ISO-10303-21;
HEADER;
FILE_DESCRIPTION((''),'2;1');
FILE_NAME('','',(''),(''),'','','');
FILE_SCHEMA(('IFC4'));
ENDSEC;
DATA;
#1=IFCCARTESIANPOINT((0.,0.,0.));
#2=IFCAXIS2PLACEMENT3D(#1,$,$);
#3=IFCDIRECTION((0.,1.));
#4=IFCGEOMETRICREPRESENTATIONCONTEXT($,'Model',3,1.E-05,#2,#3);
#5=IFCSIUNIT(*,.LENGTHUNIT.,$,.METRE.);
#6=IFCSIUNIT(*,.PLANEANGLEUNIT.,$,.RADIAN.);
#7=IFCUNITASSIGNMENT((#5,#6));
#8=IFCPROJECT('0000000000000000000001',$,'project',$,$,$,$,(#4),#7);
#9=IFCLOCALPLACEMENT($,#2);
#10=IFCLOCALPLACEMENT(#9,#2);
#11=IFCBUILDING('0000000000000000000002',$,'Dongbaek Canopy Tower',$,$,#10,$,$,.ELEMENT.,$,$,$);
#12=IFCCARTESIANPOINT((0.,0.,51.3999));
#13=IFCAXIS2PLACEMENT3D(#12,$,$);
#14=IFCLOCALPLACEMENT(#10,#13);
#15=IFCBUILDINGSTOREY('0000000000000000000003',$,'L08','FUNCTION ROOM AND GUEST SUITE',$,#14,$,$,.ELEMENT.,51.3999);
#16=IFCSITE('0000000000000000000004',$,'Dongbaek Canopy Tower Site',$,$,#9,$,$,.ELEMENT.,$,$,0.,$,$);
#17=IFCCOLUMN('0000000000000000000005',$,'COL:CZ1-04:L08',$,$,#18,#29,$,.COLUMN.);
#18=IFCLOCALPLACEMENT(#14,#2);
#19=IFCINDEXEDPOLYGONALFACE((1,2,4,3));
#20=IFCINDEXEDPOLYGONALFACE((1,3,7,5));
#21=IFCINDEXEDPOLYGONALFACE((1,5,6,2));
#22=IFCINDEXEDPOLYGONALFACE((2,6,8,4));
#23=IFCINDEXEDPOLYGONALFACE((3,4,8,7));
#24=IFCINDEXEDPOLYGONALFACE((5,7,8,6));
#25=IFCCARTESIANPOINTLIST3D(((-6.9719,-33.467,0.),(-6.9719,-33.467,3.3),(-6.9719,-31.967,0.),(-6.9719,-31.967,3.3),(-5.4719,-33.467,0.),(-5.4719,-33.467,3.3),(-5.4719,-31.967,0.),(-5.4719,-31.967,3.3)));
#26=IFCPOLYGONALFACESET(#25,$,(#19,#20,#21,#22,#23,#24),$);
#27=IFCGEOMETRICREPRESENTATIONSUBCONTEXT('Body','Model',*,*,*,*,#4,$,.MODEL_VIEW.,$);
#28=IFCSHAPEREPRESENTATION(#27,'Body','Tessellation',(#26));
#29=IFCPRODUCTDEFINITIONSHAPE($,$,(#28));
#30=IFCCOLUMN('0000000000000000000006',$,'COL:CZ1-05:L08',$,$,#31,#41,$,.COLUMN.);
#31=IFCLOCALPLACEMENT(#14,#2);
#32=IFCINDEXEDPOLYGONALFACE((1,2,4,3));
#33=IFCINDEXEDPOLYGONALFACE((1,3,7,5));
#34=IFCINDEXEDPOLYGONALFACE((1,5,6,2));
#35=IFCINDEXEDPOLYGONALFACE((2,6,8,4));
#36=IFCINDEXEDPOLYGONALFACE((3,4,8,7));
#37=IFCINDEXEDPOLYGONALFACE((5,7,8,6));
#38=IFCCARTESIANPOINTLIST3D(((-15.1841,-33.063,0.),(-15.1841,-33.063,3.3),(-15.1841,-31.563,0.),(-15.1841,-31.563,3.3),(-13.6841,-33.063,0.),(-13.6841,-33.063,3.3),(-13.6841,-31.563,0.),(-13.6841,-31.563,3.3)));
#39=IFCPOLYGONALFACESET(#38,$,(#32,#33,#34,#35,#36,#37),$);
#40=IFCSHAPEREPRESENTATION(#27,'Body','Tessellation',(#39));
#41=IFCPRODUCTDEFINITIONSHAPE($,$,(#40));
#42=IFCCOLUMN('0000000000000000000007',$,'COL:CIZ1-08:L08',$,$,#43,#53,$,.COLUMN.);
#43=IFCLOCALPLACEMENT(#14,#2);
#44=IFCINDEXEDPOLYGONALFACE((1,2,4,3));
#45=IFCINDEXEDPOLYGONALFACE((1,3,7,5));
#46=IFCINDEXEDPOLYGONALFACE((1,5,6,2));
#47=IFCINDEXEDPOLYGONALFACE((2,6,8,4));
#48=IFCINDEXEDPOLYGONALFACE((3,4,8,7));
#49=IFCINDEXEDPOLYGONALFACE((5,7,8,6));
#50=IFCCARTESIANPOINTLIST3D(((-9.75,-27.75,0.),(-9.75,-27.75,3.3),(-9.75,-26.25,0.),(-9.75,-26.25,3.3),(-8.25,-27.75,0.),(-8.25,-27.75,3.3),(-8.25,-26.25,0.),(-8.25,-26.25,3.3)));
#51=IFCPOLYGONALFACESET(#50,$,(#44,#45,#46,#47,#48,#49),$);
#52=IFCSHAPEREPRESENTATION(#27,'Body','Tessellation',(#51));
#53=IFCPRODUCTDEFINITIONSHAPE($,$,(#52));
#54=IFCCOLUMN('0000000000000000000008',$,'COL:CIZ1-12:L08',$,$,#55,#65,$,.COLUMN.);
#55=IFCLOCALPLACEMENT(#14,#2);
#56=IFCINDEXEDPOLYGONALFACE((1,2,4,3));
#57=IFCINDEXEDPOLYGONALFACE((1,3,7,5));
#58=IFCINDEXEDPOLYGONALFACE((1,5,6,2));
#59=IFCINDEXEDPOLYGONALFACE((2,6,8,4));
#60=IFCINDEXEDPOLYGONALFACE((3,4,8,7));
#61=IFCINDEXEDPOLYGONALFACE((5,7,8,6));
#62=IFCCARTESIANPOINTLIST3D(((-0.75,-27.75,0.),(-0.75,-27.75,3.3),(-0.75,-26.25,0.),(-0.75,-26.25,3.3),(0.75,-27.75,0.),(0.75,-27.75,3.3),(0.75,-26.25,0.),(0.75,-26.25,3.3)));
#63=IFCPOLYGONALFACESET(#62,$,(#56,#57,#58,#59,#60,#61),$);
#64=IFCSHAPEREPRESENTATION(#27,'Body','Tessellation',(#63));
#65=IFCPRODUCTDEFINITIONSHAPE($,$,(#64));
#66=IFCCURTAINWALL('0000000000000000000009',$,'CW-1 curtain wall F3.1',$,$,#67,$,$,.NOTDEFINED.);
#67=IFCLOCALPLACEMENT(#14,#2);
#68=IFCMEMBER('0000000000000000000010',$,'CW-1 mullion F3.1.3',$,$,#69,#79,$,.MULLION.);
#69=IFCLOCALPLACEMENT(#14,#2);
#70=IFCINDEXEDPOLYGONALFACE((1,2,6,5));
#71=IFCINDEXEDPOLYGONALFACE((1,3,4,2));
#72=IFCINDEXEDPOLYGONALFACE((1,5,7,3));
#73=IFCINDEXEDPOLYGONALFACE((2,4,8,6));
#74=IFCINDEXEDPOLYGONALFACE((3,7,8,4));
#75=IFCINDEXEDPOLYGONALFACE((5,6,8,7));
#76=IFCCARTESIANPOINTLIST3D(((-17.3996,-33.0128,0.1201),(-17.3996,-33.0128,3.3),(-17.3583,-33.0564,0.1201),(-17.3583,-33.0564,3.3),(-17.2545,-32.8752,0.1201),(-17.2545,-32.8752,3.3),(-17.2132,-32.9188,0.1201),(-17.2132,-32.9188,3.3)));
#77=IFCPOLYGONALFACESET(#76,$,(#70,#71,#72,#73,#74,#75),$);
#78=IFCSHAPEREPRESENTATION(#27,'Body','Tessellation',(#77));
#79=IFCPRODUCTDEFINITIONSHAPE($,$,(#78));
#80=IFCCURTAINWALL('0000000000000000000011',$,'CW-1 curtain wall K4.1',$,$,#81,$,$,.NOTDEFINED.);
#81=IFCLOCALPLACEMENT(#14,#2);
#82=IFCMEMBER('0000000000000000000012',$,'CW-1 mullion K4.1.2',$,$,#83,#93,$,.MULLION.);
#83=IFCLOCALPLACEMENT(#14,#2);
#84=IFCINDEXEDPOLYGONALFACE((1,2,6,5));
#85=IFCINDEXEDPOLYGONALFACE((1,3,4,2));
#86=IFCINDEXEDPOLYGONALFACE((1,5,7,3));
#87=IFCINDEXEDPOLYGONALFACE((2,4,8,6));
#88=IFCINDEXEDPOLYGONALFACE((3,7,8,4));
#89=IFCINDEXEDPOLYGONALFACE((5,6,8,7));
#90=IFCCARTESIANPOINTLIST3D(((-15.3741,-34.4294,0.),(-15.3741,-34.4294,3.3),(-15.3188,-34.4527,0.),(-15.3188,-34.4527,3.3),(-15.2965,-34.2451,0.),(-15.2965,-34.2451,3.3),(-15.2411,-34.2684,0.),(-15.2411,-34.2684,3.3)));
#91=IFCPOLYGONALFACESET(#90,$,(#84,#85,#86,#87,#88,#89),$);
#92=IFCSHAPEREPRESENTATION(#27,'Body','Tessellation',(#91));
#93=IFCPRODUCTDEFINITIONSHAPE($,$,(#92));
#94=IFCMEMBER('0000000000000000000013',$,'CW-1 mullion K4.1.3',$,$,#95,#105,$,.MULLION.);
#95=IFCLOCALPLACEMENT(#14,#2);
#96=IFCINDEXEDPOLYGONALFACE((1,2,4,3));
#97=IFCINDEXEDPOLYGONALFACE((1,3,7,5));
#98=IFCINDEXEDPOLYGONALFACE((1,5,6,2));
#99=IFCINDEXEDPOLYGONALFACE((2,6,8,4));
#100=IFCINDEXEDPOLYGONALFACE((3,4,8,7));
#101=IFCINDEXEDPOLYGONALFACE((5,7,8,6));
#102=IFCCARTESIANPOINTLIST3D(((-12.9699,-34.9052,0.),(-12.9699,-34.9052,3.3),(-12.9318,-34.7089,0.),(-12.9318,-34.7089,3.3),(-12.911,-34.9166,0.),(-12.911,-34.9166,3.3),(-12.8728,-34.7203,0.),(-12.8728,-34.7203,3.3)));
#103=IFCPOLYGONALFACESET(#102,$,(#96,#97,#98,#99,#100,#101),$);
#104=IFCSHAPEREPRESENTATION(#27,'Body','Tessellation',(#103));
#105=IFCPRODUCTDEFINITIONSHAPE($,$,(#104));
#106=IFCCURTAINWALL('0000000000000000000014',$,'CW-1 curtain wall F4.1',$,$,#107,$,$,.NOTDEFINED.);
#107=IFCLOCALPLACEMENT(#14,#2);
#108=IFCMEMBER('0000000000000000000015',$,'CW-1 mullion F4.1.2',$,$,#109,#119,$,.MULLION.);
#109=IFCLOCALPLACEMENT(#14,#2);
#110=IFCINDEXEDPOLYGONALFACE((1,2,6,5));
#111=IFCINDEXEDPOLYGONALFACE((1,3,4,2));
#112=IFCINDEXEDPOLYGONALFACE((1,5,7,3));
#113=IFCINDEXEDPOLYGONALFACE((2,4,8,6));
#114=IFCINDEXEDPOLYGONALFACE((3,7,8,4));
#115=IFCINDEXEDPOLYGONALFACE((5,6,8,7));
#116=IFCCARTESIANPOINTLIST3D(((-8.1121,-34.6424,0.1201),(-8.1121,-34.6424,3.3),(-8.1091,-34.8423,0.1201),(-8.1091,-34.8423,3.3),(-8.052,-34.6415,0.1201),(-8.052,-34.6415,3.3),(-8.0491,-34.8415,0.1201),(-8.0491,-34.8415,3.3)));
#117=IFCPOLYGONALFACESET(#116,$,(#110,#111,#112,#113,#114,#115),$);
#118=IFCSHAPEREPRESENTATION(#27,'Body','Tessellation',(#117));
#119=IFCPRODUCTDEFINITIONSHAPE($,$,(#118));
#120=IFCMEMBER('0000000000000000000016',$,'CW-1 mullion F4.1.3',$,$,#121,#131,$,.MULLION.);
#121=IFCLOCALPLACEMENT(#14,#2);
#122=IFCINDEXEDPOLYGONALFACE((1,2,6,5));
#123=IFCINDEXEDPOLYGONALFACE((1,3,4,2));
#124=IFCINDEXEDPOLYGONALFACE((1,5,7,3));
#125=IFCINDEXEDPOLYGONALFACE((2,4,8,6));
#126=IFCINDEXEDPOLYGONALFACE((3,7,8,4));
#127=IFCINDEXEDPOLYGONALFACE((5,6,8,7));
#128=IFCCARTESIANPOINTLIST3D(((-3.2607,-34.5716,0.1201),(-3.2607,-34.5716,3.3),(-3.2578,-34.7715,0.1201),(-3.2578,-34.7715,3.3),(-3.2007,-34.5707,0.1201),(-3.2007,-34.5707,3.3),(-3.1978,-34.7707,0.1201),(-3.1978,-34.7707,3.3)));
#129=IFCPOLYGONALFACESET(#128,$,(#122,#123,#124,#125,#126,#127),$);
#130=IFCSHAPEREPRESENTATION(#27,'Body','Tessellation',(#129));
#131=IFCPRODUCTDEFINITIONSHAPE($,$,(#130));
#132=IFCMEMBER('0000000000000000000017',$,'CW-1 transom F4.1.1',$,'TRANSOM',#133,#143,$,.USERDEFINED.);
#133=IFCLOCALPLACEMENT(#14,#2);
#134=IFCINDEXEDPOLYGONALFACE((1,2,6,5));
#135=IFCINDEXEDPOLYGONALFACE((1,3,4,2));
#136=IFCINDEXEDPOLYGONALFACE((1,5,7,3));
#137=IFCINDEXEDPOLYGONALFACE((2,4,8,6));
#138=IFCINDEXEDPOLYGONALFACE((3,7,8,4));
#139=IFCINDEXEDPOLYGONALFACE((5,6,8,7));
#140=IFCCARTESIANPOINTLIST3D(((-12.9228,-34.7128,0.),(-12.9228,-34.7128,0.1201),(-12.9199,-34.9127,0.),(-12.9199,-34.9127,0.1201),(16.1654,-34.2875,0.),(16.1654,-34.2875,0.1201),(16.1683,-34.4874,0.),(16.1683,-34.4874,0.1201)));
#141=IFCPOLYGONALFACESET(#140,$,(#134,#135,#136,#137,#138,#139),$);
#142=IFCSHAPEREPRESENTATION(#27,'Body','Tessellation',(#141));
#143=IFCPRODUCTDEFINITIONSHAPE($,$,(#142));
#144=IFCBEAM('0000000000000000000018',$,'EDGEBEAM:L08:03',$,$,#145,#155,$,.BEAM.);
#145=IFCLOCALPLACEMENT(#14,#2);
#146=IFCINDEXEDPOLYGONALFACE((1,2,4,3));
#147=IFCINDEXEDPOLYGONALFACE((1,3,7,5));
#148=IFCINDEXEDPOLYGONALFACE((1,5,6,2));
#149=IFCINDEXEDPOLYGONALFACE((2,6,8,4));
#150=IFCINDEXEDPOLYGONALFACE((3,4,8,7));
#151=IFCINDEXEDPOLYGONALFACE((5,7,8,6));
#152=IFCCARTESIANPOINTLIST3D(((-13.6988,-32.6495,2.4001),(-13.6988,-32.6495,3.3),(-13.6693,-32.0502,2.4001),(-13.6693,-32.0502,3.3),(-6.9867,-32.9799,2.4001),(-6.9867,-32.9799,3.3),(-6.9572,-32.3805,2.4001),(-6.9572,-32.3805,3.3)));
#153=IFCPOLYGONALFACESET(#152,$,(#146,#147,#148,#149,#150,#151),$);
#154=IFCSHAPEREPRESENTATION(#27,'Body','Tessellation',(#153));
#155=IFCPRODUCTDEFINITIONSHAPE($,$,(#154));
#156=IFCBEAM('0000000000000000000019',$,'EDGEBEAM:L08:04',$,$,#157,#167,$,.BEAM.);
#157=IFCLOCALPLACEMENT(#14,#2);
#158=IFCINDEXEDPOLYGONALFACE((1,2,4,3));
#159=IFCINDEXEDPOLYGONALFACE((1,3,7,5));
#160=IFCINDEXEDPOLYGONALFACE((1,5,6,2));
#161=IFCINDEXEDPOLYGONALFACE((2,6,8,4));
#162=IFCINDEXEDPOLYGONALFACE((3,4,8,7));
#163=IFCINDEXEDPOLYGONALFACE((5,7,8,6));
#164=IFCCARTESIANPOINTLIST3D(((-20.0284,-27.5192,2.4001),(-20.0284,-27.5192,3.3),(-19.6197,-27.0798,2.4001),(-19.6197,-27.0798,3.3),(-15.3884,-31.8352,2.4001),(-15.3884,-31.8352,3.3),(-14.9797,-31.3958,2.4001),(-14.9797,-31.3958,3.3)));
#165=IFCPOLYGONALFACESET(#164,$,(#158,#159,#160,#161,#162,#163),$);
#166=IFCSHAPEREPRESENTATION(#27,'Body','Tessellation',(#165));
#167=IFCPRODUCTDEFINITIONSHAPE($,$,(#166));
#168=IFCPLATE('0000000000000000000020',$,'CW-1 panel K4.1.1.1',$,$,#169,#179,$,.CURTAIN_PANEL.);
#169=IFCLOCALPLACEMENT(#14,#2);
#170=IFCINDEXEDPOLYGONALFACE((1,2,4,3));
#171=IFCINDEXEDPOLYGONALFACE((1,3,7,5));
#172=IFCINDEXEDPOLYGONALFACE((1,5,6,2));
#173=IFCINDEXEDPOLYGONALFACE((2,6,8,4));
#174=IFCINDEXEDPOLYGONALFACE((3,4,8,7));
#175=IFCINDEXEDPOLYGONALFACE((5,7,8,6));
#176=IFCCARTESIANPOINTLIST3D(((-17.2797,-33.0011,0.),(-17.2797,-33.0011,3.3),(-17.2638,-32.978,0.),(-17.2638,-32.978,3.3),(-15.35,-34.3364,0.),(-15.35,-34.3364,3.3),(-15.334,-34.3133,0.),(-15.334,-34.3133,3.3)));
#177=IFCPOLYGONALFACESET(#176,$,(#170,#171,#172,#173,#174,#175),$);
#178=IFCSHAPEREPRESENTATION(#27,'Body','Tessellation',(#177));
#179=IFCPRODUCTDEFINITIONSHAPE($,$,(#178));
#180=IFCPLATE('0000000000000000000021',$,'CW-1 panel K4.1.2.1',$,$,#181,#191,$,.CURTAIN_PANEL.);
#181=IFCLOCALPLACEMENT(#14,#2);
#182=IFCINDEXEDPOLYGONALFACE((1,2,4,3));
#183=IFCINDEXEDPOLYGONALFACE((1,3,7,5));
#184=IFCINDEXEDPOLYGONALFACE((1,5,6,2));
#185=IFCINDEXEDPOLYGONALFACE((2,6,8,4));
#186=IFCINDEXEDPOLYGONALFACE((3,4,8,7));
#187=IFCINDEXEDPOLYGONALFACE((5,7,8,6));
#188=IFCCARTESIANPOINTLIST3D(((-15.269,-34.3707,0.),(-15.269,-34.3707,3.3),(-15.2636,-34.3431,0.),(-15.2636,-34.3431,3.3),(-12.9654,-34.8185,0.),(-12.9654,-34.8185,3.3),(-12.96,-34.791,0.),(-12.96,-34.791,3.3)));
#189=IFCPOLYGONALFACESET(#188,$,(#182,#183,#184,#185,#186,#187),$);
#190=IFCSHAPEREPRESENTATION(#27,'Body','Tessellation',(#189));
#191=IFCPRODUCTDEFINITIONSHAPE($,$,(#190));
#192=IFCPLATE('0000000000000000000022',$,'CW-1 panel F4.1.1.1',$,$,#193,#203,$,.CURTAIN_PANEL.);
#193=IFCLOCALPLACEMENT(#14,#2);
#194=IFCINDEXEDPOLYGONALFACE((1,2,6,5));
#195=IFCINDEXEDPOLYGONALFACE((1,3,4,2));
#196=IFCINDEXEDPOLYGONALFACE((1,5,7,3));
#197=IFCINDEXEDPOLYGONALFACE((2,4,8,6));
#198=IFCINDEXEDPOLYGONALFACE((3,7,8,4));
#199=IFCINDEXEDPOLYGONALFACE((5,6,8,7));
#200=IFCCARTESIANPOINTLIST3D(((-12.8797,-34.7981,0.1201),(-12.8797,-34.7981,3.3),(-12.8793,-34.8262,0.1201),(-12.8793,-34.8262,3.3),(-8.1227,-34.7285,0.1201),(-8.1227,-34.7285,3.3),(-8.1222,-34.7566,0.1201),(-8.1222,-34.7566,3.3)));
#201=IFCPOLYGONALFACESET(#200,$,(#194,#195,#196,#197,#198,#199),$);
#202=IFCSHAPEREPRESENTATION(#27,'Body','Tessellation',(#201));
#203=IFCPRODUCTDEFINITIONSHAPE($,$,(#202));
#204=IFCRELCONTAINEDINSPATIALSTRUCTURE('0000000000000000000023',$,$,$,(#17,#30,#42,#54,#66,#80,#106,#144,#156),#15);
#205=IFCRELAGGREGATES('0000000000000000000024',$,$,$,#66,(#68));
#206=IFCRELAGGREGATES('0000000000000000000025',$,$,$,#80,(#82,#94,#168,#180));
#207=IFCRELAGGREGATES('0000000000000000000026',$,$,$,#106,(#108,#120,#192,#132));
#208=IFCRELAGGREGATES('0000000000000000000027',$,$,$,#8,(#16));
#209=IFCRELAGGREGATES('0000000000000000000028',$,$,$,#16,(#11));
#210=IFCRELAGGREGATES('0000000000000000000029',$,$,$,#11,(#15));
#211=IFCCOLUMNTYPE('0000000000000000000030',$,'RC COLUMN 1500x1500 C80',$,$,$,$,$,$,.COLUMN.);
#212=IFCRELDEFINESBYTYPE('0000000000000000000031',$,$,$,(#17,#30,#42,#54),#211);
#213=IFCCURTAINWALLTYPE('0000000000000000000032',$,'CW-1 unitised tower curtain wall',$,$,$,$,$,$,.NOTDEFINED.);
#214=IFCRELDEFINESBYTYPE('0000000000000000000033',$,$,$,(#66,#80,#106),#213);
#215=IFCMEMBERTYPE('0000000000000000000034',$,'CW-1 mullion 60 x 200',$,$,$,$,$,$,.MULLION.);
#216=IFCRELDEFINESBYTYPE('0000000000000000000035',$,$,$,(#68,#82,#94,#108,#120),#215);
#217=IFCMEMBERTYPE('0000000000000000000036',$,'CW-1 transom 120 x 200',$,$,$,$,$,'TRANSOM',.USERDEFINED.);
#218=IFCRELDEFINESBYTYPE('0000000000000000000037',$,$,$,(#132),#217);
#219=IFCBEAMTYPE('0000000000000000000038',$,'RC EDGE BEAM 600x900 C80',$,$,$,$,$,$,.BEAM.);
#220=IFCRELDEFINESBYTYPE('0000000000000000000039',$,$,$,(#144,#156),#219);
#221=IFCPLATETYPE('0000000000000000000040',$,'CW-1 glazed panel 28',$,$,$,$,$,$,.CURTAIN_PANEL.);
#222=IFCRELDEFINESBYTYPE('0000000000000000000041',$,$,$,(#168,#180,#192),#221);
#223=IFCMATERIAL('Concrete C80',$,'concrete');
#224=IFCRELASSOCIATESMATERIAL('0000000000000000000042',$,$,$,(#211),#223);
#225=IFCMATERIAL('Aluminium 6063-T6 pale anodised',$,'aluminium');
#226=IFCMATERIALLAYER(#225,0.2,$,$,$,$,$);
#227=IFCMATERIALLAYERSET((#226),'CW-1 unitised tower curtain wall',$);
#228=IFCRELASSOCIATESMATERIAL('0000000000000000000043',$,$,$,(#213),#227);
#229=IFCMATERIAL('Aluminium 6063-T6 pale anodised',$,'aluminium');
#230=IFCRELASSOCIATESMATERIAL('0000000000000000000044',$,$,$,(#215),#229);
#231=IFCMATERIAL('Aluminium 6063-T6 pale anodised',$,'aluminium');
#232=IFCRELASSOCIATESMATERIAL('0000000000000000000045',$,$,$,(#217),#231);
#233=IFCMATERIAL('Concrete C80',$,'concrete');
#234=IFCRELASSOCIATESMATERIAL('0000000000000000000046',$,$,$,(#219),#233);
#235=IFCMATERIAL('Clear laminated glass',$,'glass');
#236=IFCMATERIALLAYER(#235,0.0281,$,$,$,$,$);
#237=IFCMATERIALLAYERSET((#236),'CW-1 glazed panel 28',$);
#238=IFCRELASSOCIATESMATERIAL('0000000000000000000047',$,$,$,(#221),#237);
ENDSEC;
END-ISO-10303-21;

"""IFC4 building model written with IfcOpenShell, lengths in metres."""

from ifc_helpers import new_model, si_unit, direction, frame, origin, origin_2d, place, context, subcontext, project, spatial, rectangle, extrude, material, layer, layer_set, material_profile, profile_set, type_object, element, aggregate, save


model = new_model("IFC4")

# Units and contexts
model_context = context("Model", 3, precision=1e-05, world=origin(), true_north=direction((0.0, 1.0)))
body_context = subcontext(model_context, "Body", "Model", "MODEL_VIEW")
ifc_project = project(units=[si_unit("LENGTHUNIT", "METRE"), si_unit("PLANEANGLEUNIT", "RADIAN")], contexts=[model_context])

# Site, building, storey
site_placement = place(None, origin())
site = spatial("IfcSite", under=ifc_project, at=site_placement, Name="Dongbaek Canopy Tower Site", CompositionType="ELEMENT", RefElevation=0.0)
building_placement = place(site_placement, origin())
building = spatial("IfcBuilding", under=site, at=building_placement, Name="Dongbaek Canopy Tower", CompositionType="ELEMENT")
storey_placement = place(building_placement, frame((0.0, 0.0, 51.3999)))
storey = spatial("IfcBuildingStorey", under=building, at=storey_placement, Name="L08", Description="FUNCTION ROOM AND GUEST SUITE", CompositionType="ELEMENT", Elevation=51.3999)

# Columns
ifc_material_1 = material(Name="Concrete C80", Category="concrete")
ifc_material_profile_1 = material_profile(ifc_material_1, rectangle(XDim=1.5, YDim=1.5, at=origin_2d()), Name="RC COLUMN 1500x1500 C80")
ifc_profile_set_1 = profile_set([ifc_material_profile_1], Name="Concrete C80")
column_type = type_object("IfcColumnType", Name="RC COLUMN 1500x1500 C80", PredefinedType="COLUMN", material=ifc_profile_set_1)
for number, where, z_axis, x_axis, name in (
    (1, (-6.2219, -32.717, 0.0), (0.0, 0.0, 1.0), (1.0, 0.0, 0.0), "COL:CZ1-04:L08"),
    (2, (-14.4341, -32.313, 0.0), (0.0, 0.0, 1.0), (1.0, 0.0, 0.0), "COL:CZ1-05:L08"),
    (3, (-9.0, -27.0, 0.0), (0.0, 0.0, 1.0), (1.0, 0.0, 0.0), "COL:CIZ1-08:L08"),
    (4, (0.0, -27.0, 0.0), (0.0, 0.0, 1.0), (1.0, 0.0, 0.0), "COL:CIZ1-12:L08"),
):
    element("IfcColumn", number, at=place(storey_placement, frame(where, z_axis=z_axis, x_axis=x_axis)), inside=storey, type_object=column_type, Name=name, PredefinedType="COLUMN", context=body_context, shape_type="SweptSolid", body=[
        extrude(rectangle(XDim=1.5, YDim=1.5, at=origin_2d()), origin(), (0.0, 0.0, 1.0), 3.3),
    ])

# Curtain wall, member
ifc_material_2 = material(Name="Aluminium 6063-T6 pale anodised", Category="aluminium")
ifc_layer_1 = layer(ifc_material_2, 0.2)
ifc_layer_set_1 = layer_set([ifc_layer_1], Name="CW-1 unitised tower curtain wall")
curtain_wall_type = type_object("IfcCurtainWallType", Name="CW-1 unitised tower curtain wall", PredefinedType="NOTDEFINED", material=ifc_layer_set_1)
curtain_wall_1_placement = place(storey_placement, origin())
curtain_wall_1 = element("IfcCurtainWall", 5, at=curtain_wall_1_placement, inside=storey, type_object=curtain_wall_type, Name="CW-1 curtain wall F3.1", PredefinedType="NOTDEFINED")
ifc_material_3 = material(Name="Aluminium 6063-T6 pale anodised", Category="aluminium")
ifc_material_profile_2 = material_profile(ifc_material_3, rectangle(XDim=0.2, YDim=0.0601, at=origin_2d()), Name="CW-1 mullion 60 x 200")
ifc_profile_set_2 = profile_set([ifc_material_profile_2], Name="Aluminium 6063-T6 pale anodised")
member_type_1 = type_object("IfcMemberType", Name="CW-1 mullion 60 x 200", PredefinedType="MULLION", material=ifc_profile_set_2)
member_1_placement = place(storey_placement, frame((-17.3064, -32.9658, 0.1201), z_axis=(0.0, 0.0, 1.0), x_axis=(-0.725627, -0.688089, 0.0)))
member_1 = element("IfcMember", 6, at=member_1_placement, type_object=member_type_1, Name="CW-1 mullion F3.1.3", PredefinedType="MULLION", context=body_context, shape_type="SweptSolid", body=[
    extrude(rectangle(XDim=0.2, YDim=0.0601, at=origin_2d()), origin(), (0.0, 0.0, 1.0), 3.1799),
])

# Curtain walls, members
curtain_wall_2_placement = place(storey_placement, origin())
curtain_wall_2 = element("IfcCurtainWall", 7, at=curtain_wall_2_placement, inside=storey, type_object=curtain_wall_type, Name="CW-1 curtain wall K4.1", PredefinedType="NOTDEFINED")
member_2_placement = place(storey_placement, frame((-15.3076, -34.3489, 0.0), z_axis=(0.0, 0.0, 1.0), x_axis=(-0.388186, -0.921581, 0.0)))
member_2 = element("IfcMember", 8, at=member_2_placement, type_object=member_type_1, Name="CW-1 mullion K4.1.2", PredefinedType="MULLION", context=body_context, shape_type="SweptSolid", body=[
    extrude(rectangle(XDim=0.2, YDim=0.0601, at=origin_2d()), origin(), (0.0, 0.0, 1.0), 3.3),
])
member_3_placement = place(storey_placement, frame((-12.9214, -34.8127, 0.0), z_axis=(0.0, 0.0, 1.0), x_axis=(-0.190844, -0.98162, 0.0)))
member_3 = element("IfcMember", 9, at=member_3_placement, type_object=member_type_1, Name="CW-1 mullion K4.1.3", PredefinedType="MULLION", context=body_context, shape_type="SweptSolid", body=[
    extrude(rectangle(XDim=0.2, YDim=0.0601, at=origin_2d()), origin(), (0.0, 0.0, 1.0), 3.3),
])
curtain_wall_3_placement = place(storey_placement, origin())
curtain_wall_3 = element("IfcCurtainWall", 10, at=curtain_wall_3_placement, inside=storey, type_object=curtain_wall_type, Name="CW-1 curtain wall F4.1", PredefinedType="NOTDEFINED")
member_4_placement = place(storey_placement, frame((-8.0806, -34.7419, 0.1201), z_axis=(0.0, 0.0, 1.0), x_axis=(0.014619, -0.999893, 0.0)))
member_4 = element("IfcMember", 11, at=member_4_placement, type_object=member_type_1, Name="CW-1 mullion F4.1.2", PredefinedType="MULLION", context=body_context, shape_type="SweptSolid", body=[
    extrude(rectangle(XDim=0.2, YDim=0.0601, at=origin_2d()), origin(), (0.0, 0.0, 1.0), 3.1799),
])
member_5_placement = place(storey_placement, frame((-3.2292, -34.6711, 0.1201), z_axis=(0.0, 0.0, 1.0), x_axis=(0.014619, -0.999893, 0.0)))
member_5 = element("IfcMember", 12, at=member_5_placement, type_object=member_type_1, Name="CW-1 mullion F4.1.3", PredefinedType="MULLION", context=body_context, shape_type="SweptSolid", body=[
    extrude(rectangle(XDim=0.2, YDim=0.0601, at=origin_2d()), origin(), (0.0, 0.0, 1.0), 3.1799),
])
ifc_material_4 = material(Name="Aluminium 6063-T6 pale anodised", Category="aluminium")
ifc_material_profile_3 = material_profile(ifc_material_4, rectangle(XDim=0.2, YDim=0.1201, at=origin_2d()), Name="CW-1 transom 120 x 200")
ifc_profile_set_3 = profile_set([ifc_material_profile_3], Name="Aluminium 6063-T6 pale anodised")
member_type_2 = type_object("IfcMemberType", Name="CW-1 transom 120 x 200", ElementType="TRANSOM", PredefinedType="USERDEFINED", material=ifc_profile_set_3)
member_6_placement = place(storey_placement, frame((-12.9214, -34.8127, 0.0601), z_axis=(0.999893, 0.014619, 0.0), x_axis=(-0.014619, 0.999893, 0.0)))
member_6 = element("IfcMember", 13, at=member_6_placement, type_object=member_type_2, Name="CW-1 transom F4.1.1", ObjectType="TRANSOM", PredefinedType="USERDEFINED", context=body_context, shape_type="SweptSolid", body=[
    extrude(rectangle(XDim=0.2, YDim=0.1201, at=origin_2d()), origin(), (0.0, 0.0, 1.0), 29.0913),
])

# Beams
ifc_material_5 = material(Name="Concrete C80", Category="concrete")
ifc_material_profile_4 = material_profile(ifc_material_5, rectangle(XDim=0.6001, YDim=0.8999, at=origin_2d()), Name="RC EDGE BEAM 600x900 C80")
ifc_profile_set_4 = profile_set([ifc_material_profile_4], Name="Concrete C80")
beam_type = type_object("IfcBeamType", Name="RC EDGE BEAM 600x900 C80", PredefinedType="BEAM", material=ifc_profile_set_4)
beam_1_placement = place(storey_placement, frame((-6.9719, -32.6802, 2.8501), z_axis=(-0.998791, 0.049153, 0.0), x_axis=(-0.049153, -0.998791, 0.0)))
element("IfcBeam", 14, at=beam_1_placement, inside=storey, type_object=beam_type, Name="EDGEBEAM:L08:03", PredefinedType="BEAM", context=body_context, shape_type="SweptSolid", body=[
    extrude(rectangle(XDim=0.6001, YDim=0.8999, at=origin_2d()), origin(), (0.0, 0.0, 1.0), 6.7202),
])
beam_2_placement = place(storey_placement, frame((-15.1841, -31.6155, 2.8501), z_axis=(-0.732207, 0.681082, 0.0), x_axis=(-0.681082, -0.732207, 0.0)))
element("IfcBeam", 15, at=beam_2_placement, inside=storey, type_object=beam_type, Name="EDGEBEAM:L08:04", PredefinedType="BEAM", context=body_context, shape_type="SweptSolid", body=[
    extrude(rectangle(XDim=0.6001, YDim=0.8999, at=origin_2d()), origin(), (0.0, 0.0, 1.0), 6.3369),
])

# Plates
ifc_material_6 = material(Name="Clear laminated glass", Category="glass")
ifc_layer_2 = layer(ifc_material_6, 0.0281)
ifc_layer_set_2 = layer_set([ifc_layer_2], Name="CW-1 glazed panel 28")
plate_type = type_object("IfcPlateType", Name="CW-1 glazed panel 28", PredefinedType="CURTAIN_PANEL", material=ifc_layer_set_2)
plate_1_placement = place(storey_placement, frame((-16.3069, -33.6572, 0.0), z_axis=(0.0, 0.0, 1.0), x_axis=(0.822329, -0.569012, 0.0)))
plate_1 = element("IfcPlate", 16, at=plate_1_placement, type_object=plate_type, Name="CW-1 panel K4.1.1.1", PredefinedType="CURTAIN_PANEL", context=body_context, shape_type="SweptSolid", body=[
    extrude(rectangle(XDim=2.3467, YDim=0.0281, at=origin_2d()), origin(), (0.0, 0.0, 1.0), 3.3),
])
plate_2_placement = place(storey_placement, frame((-14.1145, -34.5808, 0.0), z_axis=(0.0, 0.0, 1.0), x_axis=(0.98162, -0.190844, 0.0)))
plate_2 = element("IfcPlate", 17, at=plate_2_placement, type_object=plate_type, Name="CW-1 panel K4.1.2.1", PredefinedType="CURTAIN_PANEL", context=body_context, shape_type="SweptSolid", body=[
    extrude(rectangle(XDim=2.3467, YDim=0.0281, at=origin_2d()), origin(), (0.0, 0.0, 1.0), 3.3),
])
plate_3_placement = place(storey_placement, frame((-10.501, -34.7773, 0.1201), z_axis=(0.0, 0.0, 1.0), x_axis=(0.999893, 0.014619, 0.0)))
plate_3 = element("IfcPlate", 18, at=plate_3_placement, type_object=plate_type, Name="CW-1 panel F4.1.1.1", PredefinedType="CURTAIN_PANEL", context=body_context, shape_type="SweptSolid", body=[
    extrude(rectangle(XDim=4.7576, YDim=0.0281, at=origin_2d()), origin(), (0.0, 0.0, 1.0), 3.1799),
])

aggregate(curtain_wall_1, [member_1])
aggregate(curtain_wall_2, [member_2, member_3, plate_1, plate_2])
aggregate(curtain_wall_3, [member_4, member_5, plate_3, member_6])

save(model, "model.ifc")
